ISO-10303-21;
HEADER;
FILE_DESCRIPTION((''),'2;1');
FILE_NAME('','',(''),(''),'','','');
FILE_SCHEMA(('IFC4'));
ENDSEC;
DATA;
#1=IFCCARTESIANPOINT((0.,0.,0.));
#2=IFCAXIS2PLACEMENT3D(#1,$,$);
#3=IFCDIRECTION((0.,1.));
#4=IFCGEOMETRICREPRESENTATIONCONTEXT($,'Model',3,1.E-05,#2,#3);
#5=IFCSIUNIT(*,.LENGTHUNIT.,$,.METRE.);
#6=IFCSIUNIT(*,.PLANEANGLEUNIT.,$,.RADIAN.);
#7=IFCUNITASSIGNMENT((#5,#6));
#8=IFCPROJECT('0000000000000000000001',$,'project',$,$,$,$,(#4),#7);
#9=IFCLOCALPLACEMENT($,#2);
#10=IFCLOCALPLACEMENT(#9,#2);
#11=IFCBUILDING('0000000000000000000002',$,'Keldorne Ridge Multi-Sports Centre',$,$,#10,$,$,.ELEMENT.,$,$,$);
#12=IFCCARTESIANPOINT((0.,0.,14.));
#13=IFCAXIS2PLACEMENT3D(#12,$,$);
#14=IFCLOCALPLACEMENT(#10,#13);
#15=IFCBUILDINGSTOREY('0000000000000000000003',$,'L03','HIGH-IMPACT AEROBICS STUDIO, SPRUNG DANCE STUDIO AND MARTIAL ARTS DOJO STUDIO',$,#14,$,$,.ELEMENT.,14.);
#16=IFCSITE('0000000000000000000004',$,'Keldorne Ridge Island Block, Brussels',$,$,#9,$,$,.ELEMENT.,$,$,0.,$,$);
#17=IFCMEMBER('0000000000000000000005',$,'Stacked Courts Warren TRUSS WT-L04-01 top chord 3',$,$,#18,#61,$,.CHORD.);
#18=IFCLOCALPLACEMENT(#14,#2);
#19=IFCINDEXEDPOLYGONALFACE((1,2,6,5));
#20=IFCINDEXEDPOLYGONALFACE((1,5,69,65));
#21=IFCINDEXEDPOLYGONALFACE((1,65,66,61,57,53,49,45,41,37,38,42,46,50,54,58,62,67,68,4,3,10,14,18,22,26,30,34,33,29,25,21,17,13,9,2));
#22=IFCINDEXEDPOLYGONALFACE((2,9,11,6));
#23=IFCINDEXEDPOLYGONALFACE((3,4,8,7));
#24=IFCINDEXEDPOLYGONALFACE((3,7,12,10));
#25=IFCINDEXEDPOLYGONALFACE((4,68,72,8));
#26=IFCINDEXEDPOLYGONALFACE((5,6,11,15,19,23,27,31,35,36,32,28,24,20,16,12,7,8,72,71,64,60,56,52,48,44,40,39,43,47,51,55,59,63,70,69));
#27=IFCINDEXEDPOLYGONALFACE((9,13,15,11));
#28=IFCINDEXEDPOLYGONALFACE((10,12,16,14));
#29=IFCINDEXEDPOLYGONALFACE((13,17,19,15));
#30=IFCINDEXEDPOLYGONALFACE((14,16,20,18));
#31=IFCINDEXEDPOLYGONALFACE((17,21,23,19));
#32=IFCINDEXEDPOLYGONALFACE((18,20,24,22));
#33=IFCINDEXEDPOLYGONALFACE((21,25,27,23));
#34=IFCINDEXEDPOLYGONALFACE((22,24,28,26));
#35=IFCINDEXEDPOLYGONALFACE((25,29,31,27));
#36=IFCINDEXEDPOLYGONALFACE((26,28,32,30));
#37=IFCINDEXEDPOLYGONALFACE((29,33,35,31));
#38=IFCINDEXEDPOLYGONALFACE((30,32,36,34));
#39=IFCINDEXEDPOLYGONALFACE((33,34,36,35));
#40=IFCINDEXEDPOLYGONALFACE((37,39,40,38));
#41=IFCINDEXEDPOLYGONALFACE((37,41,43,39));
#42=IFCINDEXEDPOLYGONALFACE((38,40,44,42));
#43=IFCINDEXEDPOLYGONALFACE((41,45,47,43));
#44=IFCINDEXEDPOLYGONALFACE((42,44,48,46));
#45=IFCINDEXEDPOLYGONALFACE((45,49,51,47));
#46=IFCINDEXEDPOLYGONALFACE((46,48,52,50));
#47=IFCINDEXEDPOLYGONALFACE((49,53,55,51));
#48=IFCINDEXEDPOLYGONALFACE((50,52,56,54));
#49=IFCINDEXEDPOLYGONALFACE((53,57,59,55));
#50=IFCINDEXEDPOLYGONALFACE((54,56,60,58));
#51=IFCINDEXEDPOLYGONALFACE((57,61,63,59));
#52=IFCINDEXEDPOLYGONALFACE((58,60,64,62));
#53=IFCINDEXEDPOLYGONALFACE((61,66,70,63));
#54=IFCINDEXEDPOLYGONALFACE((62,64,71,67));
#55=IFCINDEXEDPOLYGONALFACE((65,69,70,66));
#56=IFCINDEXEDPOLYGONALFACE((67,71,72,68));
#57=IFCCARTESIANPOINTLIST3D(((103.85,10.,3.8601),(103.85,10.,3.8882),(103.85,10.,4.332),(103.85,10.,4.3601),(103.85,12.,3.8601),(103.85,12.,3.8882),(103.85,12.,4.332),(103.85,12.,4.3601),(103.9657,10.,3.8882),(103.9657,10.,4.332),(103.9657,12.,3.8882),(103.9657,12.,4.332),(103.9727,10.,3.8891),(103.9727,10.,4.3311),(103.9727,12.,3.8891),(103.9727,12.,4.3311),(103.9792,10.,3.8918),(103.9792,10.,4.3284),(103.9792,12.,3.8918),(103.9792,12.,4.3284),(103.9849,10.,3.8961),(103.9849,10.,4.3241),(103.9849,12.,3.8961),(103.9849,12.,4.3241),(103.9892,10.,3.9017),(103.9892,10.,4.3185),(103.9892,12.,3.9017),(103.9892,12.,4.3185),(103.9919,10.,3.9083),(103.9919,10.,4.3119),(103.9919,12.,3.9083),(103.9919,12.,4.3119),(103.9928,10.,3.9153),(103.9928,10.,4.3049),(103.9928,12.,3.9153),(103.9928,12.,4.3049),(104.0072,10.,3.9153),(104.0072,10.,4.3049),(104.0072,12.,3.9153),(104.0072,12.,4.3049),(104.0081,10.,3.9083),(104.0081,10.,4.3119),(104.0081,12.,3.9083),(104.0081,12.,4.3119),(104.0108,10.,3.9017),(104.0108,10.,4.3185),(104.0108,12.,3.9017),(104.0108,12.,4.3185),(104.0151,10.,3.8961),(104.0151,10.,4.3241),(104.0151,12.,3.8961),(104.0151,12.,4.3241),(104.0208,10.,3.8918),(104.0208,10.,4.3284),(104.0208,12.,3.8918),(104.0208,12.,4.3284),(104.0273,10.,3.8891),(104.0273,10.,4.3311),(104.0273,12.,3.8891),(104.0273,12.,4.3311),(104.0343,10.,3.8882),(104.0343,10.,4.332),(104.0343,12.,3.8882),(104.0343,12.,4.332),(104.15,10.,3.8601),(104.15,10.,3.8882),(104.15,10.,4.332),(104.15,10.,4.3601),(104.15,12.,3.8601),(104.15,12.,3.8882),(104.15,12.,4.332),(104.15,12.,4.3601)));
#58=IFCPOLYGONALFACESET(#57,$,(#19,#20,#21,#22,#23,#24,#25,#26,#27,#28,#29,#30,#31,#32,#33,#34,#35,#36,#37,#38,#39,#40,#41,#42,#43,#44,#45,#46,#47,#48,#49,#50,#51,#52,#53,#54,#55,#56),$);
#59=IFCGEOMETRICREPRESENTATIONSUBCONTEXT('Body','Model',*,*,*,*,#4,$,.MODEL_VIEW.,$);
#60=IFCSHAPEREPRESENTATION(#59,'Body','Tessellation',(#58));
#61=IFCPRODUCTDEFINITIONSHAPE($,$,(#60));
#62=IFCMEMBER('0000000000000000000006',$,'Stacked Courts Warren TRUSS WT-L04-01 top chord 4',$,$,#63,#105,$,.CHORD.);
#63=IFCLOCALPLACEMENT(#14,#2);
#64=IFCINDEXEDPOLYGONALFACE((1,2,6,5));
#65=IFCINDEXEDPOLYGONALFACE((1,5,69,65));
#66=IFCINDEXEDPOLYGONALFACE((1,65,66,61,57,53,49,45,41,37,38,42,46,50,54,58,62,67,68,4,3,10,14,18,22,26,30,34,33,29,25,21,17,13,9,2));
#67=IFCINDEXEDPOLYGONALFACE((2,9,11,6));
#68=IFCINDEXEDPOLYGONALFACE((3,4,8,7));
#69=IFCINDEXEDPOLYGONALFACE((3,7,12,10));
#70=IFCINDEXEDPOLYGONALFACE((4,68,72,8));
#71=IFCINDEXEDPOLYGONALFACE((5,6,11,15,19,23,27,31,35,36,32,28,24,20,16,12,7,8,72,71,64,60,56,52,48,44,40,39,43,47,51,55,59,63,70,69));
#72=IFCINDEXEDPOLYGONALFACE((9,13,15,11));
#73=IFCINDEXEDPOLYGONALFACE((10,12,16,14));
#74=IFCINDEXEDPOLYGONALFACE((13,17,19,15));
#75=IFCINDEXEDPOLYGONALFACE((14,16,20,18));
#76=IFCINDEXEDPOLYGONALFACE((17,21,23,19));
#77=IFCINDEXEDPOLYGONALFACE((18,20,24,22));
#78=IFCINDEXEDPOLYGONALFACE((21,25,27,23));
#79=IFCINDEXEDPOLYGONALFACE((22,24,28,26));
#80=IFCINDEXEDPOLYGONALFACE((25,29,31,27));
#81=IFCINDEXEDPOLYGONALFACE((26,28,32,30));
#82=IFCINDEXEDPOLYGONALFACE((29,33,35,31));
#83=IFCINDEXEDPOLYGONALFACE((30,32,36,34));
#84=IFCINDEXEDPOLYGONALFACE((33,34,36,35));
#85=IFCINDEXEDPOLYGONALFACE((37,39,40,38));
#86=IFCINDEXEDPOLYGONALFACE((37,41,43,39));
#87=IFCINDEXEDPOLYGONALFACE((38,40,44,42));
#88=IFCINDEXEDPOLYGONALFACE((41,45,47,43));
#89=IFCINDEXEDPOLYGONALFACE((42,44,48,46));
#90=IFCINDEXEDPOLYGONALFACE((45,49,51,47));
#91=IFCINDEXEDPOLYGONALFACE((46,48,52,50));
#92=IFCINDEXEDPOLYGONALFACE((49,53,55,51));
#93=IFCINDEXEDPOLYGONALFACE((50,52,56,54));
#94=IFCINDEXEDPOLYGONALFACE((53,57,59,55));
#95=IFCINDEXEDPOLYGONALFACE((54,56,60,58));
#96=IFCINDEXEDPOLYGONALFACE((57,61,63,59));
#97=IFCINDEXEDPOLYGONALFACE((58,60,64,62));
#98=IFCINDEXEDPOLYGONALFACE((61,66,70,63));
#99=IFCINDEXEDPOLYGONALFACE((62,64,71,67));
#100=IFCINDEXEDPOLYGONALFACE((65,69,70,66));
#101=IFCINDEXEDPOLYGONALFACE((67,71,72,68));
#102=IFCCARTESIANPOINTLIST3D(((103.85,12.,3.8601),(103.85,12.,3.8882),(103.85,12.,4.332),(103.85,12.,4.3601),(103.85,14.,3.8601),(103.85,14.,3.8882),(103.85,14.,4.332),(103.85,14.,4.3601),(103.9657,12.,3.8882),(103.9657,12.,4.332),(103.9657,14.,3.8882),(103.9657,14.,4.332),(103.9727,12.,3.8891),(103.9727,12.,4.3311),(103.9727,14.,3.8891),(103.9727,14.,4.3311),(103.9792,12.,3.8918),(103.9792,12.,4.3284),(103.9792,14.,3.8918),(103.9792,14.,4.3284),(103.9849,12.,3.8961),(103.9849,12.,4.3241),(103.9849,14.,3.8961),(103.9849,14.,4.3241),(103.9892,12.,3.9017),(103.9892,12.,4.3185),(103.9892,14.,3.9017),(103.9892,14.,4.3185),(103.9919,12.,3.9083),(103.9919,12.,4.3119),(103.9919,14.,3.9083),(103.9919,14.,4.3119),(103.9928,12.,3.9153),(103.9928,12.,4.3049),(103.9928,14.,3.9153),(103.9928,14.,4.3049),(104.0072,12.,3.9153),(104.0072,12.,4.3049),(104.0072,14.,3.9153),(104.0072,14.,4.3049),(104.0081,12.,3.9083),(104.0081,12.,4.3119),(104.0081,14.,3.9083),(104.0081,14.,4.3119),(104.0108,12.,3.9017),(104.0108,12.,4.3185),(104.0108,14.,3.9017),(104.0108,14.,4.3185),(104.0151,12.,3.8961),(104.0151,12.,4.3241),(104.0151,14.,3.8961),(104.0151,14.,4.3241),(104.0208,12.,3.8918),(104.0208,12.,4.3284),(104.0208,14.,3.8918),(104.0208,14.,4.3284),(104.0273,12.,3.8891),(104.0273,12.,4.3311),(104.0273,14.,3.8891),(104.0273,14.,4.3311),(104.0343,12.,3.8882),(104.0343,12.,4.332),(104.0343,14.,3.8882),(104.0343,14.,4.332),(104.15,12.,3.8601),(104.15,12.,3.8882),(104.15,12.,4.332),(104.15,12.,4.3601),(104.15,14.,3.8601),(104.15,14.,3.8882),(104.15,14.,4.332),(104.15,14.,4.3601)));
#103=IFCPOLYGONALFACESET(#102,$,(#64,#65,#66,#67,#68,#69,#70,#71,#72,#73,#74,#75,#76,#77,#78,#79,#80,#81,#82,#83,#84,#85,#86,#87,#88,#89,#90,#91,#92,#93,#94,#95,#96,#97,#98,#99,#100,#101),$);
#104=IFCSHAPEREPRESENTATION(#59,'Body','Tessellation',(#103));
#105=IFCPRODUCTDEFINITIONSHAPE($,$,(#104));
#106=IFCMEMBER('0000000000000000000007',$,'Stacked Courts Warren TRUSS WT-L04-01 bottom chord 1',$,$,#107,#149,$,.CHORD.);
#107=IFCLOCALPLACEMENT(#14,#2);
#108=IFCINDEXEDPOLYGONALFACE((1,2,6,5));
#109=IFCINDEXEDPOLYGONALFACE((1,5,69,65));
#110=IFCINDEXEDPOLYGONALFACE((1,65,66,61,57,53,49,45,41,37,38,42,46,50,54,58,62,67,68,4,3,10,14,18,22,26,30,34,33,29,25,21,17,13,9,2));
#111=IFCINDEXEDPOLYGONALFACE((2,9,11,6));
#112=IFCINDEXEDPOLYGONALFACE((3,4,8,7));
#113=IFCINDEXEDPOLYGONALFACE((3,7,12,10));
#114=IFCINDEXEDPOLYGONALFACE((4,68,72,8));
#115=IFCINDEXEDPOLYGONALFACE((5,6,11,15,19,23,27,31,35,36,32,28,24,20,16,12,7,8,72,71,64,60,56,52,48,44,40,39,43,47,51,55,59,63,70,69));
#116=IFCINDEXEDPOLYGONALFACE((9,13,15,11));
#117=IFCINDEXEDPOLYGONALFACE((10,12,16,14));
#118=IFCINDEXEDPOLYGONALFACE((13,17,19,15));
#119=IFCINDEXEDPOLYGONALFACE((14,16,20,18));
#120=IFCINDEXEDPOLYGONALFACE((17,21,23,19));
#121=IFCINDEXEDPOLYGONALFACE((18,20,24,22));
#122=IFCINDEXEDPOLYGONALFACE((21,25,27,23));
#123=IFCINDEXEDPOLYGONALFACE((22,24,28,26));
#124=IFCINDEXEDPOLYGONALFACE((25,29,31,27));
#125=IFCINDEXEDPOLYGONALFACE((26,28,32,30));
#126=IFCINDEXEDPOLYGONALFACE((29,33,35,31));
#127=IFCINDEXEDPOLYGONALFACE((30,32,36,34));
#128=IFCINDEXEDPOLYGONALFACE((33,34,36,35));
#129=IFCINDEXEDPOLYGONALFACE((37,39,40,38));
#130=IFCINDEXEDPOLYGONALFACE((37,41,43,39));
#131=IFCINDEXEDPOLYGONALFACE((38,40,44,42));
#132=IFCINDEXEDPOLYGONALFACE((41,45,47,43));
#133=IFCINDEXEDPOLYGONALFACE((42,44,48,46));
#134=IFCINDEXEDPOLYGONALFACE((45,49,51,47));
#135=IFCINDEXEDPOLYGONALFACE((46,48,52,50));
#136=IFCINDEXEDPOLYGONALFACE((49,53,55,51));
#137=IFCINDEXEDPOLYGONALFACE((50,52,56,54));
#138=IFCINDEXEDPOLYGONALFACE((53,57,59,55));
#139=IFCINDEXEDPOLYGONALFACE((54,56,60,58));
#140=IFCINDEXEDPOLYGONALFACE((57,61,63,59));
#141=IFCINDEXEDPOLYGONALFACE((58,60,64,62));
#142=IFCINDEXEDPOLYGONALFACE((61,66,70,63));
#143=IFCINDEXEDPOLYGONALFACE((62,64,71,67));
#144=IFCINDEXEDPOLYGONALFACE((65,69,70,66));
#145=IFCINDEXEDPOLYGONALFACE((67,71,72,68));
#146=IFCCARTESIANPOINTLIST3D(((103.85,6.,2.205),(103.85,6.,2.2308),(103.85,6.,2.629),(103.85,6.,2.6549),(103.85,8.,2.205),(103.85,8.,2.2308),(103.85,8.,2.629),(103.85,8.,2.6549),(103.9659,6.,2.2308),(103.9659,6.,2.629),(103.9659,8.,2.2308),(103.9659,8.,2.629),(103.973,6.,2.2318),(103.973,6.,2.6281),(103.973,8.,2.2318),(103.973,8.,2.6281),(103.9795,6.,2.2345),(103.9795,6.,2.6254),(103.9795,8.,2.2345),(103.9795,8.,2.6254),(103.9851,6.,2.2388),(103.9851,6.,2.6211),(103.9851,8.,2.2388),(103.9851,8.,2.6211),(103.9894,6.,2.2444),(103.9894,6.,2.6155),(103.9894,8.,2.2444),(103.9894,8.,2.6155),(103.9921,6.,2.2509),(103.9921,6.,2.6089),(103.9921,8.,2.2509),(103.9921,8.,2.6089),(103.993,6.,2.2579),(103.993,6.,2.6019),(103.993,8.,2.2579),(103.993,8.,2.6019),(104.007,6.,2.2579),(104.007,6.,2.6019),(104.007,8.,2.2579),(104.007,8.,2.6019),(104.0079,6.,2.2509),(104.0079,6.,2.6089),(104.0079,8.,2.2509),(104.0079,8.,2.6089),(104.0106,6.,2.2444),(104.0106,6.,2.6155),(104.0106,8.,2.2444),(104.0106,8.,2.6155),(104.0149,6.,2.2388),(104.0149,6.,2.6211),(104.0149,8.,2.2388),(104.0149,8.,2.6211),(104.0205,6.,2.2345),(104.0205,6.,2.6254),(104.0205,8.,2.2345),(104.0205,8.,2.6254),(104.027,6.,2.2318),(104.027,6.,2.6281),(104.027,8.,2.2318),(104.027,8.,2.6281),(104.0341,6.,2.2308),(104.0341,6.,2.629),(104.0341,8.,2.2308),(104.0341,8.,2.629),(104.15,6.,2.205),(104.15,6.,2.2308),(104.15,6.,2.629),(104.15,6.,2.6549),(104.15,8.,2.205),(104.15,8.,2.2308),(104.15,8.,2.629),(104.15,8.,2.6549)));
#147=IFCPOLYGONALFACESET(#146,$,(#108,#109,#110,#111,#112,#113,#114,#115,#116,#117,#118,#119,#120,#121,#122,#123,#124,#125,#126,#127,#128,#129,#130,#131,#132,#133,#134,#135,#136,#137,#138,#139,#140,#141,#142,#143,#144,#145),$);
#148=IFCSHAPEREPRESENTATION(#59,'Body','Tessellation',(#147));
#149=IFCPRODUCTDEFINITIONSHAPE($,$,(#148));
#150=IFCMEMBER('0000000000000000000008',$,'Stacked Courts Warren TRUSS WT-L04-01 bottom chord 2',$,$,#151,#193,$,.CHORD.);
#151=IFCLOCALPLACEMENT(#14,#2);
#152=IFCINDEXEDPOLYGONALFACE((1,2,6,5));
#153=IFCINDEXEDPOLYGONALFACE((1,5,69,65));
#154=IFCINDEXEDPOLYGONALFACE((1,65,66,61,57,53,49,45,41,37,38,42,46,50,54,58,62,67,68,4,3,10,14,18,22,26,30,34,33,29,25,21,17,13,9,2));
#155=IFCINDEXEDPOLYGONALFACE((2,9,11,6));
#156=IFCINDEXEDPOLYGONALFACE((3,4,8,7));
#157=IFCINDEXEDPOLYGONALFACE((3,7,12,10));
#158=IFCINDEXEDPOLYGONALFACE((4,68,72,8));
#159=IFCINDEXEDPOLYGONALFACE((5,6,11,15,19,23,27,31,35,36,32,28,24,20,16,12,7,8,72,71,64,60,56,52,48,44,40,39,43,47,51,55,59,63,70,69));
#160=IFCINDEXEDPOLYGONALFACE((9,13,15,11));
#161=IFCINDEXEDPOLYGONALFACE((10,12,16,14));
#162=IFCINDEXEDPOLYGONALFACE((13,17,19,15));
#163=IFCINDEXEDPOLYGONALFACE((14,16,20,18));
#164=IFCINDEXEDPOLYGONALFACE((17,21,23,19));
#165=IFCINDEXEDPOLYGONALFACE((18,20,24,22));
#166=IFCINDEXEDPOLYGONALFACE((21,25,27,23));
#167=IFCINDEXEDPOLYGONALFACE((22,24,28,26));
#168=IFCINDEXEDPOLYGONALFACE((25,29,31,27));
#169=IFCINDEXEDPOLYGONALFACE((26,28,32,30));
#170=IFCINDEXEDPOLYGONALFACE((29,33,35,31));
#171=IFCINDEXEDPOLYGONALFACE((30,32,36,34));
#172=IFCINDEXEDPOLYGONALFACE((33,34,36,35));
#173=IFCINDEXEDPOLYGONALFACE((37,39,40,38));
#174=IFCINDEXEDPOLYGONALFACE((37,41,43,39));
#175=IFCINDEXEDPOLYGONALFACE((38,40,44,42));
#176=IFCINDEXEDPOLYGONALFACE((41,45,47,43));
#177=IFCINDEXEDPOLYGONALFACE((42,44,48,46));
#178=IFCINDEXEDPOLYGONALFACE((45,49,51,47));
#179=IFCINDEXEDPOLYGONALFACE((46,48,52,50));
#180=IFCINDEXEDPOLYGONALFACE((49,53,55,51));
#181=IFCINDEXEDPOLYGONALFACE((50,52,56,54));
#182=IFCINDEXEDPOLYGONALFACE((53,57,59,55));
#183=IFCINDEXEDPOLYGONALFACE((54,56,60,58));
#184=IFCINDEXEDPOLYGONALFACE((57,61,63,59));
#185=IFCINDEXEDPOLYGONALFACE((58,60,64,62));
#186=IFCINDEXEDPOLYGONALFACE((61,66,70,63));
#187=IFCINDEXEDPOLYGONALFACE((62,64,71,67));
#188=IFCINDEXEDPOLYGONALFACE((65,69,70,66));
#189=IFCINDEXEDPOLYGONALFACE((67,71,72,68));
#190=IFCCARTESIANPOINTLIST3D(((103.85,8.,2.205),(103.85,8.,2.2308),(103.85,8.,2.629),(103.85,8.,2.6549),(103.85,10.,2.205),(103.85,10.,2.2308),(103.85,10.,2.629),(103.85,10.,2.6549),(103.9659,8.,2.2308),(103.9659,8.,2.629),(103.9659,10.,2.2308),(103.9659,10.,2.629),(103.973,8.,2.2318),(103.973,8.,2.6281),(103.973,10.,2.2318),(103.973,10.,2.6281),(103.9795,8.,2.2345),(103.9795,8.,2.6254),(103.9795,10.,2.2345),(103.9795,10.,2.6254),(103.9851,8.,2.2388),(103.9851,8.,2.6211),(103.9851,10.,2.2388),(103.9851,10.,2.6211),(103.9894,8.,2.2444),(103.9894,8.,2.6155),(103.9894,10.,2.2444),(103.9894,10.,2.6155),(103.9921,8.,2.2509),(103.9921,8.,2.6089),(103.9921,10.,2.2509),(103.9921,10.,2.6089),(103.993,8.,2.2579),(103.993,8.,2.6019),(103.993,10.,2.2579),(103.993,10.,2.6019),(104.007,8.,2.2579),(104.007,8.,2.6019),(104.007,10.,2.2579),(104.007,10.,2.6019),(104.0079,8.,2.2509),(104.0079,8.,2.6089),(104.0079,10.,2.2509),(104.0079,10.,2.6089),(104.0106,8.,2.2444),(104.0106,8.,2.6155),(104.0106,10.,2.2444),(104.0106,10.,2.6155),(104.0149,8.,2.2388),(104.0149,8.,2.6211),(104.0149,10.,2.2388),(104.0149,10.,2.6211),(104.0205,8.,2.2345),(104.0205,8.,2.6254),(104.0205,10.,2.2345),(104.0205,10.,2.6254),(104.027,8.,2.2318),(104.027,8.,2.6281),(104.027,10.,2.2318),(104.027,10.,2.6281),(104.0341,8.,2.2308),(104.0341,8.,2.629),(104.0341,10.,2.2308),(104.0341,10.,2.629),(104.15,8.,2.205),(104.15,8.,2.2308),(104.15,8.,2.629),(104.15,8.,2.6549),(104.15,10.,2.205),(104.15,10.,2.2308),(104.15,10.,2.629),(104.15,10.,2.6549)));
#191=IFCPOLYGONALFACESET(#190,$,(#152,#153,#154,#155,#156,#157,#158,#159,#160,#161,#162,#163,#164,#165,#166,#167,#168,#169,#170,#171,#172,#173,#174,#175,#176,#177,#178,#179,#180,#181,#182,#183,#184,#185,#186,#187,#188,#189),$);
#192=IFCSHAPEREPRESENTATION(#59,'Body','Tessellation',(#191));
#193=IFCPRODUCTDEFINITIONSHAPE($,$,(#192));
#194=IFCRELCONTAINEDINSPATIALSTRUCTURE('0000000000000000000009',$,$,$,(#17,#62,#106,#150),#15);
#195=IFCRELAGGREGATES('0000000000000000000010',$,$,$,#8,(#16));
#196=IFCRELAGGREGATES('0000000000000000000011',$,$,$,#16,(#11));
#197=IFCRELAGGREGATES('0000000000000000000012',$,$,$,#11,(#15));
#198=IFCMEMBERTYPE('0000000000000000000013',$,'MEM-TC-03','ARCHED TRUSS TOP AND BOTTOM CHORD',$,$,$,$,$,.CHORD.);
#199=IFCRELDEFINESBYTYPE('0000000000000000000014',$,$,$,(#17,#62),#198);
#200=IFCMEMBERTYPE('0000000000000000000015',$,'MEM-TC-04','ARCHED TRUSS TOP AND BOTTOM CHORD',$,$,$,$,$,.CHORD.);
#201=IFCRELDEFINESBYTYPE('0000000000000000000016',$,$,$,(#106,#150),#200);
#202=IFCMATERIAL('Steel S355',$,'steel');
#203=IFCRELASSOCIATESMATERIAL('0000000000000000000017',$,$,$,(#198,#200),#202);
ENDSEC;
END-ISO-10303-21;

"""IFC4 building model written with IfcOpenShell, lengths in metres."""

from ifc_helpers import new_model, si_unit, direction, frame, origin, origin_2d, place, context, subcontext, project, spatial, i_section, extrude, material, material_profile, profile_set, type_object, element, save


model = new_model("IFC4")

# Units and contexts
model_context = context("Model", 3, precision=1e-05, world=origin(), true_north=direction((0.0, 1.0)))
body_context = subcontext(model_context, "Body", "Model", "MODEL_VIEW")
ifc_project = project(units=[si_unit("LENGTHUNIT", "METRE"), si_unit("PLANEANGLEUNIT", "RADIAN")], contexts=[model_context])

# Site, building, storey
site_placement = place(None, origin())
site = spatial("IfcSite", under=ifc_project, at=site_placement, Name="Keldorne Ridge Island Block, Brussels", CompositionType="ELEMENT", RefElevation=0.0)
building_placement = place(site_placement, origin())
building = spatial("IfcBuilding", under=site, at=building_placement, Name="Keldorne Ridge Multi-Sports Centre", CompositionType="ELEMENT")
storey_placement = place(building_placement, frame((0.0, 0.0, 14.0)))
storey = spatial("IfcBuildingStorey", under=building, at=storey_placement, Name="L03", Description="HIGH-IMPACT AEROBICS STUDIO, SPRUNG DANCE STUDIO AND MARTIAL ARTS DOJO STUDIO", CompositionType="ELEMENT", Elevation=14.0)

# Shared definitions
ifc_material_1 = material(Name="Steel S355", Category="steel")

# Members
ifc_material_profile_1 = material_profile(ifc_material_1, i_section(OverallWidth=0.3, OverallDepth=0.5, WebThickness=0.0144, FlangeThickness=0.0281, FilletRadius=0.0271, at=origin_2d()), Name="HEB 500")
ifc_profile_set_1 = profile_set([ifc_material_profile_1], Name="Steel S355")
member_type_1 = type_object("IfcMemberType", Name="MEM-TC-03", Description="ARCHED TRUSS TOP AND BOTTOM CHORD", PredefinedType="CHORD", material=ifc_profile_set_1)
for number, where, z_axis, x_axis, name in (
    (1, (104.0, 10.0, 4.1101), (0.0, 1.0, 0.0), (-1.0, 0.0, 0.0), "Stacked Courts Warren TRUSS WT-L04-01 top chord 3"),
    (2, (104.0, 12.0, 4.1101), (0.0, 1.0, 0.0), (-1.0, 0.0, 0.0), "Stacked Courts Warren TRUSS WT-L04-01 top chord 4"),
):
    element("IfcMember", number, at=place(storey_placement, frame(where, z_axis=z_axis, x_axis=x_axis)), inside=storey, type_object=member_type_1, Name=name, PredefinedType="CHORD", context=body_context, shape_type="SweptSolid", body=[
        extrude(i_section(OverallWidth=0.3, OverallDepth=0.5, WebThickness=0.0144, FlangeThickness=0.0281, FilletRadius=0.0271, at=origin_2d()), origin(), (0.0, 0.0, 1.0), 2.0),
    ])
ifc_material_profile_2 = material_profile(ifc_material_1, i_section(OverallWidth=0.3, OverallDepth=0.45, WebThickness=0.0139, FlangeThickness=0.0259, FilletRadius=0.0271, at=origin_2d()), Name="HEB 450")
ifc_profile_set_2 = profile_set([ifc_material_profile_2], Name="Steel S355")
member_type_2 = type_object("IfcMemberType", Name="MEM-TC-04", Description="ARCHED TRUSS TOP AND BOTTOM CHORD", PredefinedType="CHORD", material=ifc_profile_set_2)
for number, where, z_axis, x_axis, name in (
    (3, (104.0, 6.0, 2.4299), (0.0, 1.0, 0.0), (-1.0, 0.0, 0.0), "Stacked Courts Warren TRUSS WT-L04-01 bottom chord 1"),
    (4, (104.0, 8.0, 2.4299), (0.0, 1.0, 0.0), (-1.0, 0.0, 0.0), "Stacked Courts Warren TRUSS WT-L04-01 bottom chord 2"),
):
    element("IfcMember", number, at=place(storey_placement, frame(where, z_axis=z_axis, x_axis=x_axis)), inside=storey, type_object=member_type_2, Name=name, PredefinedType="CHORD", context=body_context, shape_type="SweptSolid", body=[
        extrude(i_section(OverallWidth=0.3, OverallDepth=0.45, WebThickness=0.0139, FlangeThickness=0.0259, FilletRadius=0.0271, at=origin_2d()), origin(), (0.0, 0.0, 1.0), 2.0),
    ])

save(model, "model.ifc")
